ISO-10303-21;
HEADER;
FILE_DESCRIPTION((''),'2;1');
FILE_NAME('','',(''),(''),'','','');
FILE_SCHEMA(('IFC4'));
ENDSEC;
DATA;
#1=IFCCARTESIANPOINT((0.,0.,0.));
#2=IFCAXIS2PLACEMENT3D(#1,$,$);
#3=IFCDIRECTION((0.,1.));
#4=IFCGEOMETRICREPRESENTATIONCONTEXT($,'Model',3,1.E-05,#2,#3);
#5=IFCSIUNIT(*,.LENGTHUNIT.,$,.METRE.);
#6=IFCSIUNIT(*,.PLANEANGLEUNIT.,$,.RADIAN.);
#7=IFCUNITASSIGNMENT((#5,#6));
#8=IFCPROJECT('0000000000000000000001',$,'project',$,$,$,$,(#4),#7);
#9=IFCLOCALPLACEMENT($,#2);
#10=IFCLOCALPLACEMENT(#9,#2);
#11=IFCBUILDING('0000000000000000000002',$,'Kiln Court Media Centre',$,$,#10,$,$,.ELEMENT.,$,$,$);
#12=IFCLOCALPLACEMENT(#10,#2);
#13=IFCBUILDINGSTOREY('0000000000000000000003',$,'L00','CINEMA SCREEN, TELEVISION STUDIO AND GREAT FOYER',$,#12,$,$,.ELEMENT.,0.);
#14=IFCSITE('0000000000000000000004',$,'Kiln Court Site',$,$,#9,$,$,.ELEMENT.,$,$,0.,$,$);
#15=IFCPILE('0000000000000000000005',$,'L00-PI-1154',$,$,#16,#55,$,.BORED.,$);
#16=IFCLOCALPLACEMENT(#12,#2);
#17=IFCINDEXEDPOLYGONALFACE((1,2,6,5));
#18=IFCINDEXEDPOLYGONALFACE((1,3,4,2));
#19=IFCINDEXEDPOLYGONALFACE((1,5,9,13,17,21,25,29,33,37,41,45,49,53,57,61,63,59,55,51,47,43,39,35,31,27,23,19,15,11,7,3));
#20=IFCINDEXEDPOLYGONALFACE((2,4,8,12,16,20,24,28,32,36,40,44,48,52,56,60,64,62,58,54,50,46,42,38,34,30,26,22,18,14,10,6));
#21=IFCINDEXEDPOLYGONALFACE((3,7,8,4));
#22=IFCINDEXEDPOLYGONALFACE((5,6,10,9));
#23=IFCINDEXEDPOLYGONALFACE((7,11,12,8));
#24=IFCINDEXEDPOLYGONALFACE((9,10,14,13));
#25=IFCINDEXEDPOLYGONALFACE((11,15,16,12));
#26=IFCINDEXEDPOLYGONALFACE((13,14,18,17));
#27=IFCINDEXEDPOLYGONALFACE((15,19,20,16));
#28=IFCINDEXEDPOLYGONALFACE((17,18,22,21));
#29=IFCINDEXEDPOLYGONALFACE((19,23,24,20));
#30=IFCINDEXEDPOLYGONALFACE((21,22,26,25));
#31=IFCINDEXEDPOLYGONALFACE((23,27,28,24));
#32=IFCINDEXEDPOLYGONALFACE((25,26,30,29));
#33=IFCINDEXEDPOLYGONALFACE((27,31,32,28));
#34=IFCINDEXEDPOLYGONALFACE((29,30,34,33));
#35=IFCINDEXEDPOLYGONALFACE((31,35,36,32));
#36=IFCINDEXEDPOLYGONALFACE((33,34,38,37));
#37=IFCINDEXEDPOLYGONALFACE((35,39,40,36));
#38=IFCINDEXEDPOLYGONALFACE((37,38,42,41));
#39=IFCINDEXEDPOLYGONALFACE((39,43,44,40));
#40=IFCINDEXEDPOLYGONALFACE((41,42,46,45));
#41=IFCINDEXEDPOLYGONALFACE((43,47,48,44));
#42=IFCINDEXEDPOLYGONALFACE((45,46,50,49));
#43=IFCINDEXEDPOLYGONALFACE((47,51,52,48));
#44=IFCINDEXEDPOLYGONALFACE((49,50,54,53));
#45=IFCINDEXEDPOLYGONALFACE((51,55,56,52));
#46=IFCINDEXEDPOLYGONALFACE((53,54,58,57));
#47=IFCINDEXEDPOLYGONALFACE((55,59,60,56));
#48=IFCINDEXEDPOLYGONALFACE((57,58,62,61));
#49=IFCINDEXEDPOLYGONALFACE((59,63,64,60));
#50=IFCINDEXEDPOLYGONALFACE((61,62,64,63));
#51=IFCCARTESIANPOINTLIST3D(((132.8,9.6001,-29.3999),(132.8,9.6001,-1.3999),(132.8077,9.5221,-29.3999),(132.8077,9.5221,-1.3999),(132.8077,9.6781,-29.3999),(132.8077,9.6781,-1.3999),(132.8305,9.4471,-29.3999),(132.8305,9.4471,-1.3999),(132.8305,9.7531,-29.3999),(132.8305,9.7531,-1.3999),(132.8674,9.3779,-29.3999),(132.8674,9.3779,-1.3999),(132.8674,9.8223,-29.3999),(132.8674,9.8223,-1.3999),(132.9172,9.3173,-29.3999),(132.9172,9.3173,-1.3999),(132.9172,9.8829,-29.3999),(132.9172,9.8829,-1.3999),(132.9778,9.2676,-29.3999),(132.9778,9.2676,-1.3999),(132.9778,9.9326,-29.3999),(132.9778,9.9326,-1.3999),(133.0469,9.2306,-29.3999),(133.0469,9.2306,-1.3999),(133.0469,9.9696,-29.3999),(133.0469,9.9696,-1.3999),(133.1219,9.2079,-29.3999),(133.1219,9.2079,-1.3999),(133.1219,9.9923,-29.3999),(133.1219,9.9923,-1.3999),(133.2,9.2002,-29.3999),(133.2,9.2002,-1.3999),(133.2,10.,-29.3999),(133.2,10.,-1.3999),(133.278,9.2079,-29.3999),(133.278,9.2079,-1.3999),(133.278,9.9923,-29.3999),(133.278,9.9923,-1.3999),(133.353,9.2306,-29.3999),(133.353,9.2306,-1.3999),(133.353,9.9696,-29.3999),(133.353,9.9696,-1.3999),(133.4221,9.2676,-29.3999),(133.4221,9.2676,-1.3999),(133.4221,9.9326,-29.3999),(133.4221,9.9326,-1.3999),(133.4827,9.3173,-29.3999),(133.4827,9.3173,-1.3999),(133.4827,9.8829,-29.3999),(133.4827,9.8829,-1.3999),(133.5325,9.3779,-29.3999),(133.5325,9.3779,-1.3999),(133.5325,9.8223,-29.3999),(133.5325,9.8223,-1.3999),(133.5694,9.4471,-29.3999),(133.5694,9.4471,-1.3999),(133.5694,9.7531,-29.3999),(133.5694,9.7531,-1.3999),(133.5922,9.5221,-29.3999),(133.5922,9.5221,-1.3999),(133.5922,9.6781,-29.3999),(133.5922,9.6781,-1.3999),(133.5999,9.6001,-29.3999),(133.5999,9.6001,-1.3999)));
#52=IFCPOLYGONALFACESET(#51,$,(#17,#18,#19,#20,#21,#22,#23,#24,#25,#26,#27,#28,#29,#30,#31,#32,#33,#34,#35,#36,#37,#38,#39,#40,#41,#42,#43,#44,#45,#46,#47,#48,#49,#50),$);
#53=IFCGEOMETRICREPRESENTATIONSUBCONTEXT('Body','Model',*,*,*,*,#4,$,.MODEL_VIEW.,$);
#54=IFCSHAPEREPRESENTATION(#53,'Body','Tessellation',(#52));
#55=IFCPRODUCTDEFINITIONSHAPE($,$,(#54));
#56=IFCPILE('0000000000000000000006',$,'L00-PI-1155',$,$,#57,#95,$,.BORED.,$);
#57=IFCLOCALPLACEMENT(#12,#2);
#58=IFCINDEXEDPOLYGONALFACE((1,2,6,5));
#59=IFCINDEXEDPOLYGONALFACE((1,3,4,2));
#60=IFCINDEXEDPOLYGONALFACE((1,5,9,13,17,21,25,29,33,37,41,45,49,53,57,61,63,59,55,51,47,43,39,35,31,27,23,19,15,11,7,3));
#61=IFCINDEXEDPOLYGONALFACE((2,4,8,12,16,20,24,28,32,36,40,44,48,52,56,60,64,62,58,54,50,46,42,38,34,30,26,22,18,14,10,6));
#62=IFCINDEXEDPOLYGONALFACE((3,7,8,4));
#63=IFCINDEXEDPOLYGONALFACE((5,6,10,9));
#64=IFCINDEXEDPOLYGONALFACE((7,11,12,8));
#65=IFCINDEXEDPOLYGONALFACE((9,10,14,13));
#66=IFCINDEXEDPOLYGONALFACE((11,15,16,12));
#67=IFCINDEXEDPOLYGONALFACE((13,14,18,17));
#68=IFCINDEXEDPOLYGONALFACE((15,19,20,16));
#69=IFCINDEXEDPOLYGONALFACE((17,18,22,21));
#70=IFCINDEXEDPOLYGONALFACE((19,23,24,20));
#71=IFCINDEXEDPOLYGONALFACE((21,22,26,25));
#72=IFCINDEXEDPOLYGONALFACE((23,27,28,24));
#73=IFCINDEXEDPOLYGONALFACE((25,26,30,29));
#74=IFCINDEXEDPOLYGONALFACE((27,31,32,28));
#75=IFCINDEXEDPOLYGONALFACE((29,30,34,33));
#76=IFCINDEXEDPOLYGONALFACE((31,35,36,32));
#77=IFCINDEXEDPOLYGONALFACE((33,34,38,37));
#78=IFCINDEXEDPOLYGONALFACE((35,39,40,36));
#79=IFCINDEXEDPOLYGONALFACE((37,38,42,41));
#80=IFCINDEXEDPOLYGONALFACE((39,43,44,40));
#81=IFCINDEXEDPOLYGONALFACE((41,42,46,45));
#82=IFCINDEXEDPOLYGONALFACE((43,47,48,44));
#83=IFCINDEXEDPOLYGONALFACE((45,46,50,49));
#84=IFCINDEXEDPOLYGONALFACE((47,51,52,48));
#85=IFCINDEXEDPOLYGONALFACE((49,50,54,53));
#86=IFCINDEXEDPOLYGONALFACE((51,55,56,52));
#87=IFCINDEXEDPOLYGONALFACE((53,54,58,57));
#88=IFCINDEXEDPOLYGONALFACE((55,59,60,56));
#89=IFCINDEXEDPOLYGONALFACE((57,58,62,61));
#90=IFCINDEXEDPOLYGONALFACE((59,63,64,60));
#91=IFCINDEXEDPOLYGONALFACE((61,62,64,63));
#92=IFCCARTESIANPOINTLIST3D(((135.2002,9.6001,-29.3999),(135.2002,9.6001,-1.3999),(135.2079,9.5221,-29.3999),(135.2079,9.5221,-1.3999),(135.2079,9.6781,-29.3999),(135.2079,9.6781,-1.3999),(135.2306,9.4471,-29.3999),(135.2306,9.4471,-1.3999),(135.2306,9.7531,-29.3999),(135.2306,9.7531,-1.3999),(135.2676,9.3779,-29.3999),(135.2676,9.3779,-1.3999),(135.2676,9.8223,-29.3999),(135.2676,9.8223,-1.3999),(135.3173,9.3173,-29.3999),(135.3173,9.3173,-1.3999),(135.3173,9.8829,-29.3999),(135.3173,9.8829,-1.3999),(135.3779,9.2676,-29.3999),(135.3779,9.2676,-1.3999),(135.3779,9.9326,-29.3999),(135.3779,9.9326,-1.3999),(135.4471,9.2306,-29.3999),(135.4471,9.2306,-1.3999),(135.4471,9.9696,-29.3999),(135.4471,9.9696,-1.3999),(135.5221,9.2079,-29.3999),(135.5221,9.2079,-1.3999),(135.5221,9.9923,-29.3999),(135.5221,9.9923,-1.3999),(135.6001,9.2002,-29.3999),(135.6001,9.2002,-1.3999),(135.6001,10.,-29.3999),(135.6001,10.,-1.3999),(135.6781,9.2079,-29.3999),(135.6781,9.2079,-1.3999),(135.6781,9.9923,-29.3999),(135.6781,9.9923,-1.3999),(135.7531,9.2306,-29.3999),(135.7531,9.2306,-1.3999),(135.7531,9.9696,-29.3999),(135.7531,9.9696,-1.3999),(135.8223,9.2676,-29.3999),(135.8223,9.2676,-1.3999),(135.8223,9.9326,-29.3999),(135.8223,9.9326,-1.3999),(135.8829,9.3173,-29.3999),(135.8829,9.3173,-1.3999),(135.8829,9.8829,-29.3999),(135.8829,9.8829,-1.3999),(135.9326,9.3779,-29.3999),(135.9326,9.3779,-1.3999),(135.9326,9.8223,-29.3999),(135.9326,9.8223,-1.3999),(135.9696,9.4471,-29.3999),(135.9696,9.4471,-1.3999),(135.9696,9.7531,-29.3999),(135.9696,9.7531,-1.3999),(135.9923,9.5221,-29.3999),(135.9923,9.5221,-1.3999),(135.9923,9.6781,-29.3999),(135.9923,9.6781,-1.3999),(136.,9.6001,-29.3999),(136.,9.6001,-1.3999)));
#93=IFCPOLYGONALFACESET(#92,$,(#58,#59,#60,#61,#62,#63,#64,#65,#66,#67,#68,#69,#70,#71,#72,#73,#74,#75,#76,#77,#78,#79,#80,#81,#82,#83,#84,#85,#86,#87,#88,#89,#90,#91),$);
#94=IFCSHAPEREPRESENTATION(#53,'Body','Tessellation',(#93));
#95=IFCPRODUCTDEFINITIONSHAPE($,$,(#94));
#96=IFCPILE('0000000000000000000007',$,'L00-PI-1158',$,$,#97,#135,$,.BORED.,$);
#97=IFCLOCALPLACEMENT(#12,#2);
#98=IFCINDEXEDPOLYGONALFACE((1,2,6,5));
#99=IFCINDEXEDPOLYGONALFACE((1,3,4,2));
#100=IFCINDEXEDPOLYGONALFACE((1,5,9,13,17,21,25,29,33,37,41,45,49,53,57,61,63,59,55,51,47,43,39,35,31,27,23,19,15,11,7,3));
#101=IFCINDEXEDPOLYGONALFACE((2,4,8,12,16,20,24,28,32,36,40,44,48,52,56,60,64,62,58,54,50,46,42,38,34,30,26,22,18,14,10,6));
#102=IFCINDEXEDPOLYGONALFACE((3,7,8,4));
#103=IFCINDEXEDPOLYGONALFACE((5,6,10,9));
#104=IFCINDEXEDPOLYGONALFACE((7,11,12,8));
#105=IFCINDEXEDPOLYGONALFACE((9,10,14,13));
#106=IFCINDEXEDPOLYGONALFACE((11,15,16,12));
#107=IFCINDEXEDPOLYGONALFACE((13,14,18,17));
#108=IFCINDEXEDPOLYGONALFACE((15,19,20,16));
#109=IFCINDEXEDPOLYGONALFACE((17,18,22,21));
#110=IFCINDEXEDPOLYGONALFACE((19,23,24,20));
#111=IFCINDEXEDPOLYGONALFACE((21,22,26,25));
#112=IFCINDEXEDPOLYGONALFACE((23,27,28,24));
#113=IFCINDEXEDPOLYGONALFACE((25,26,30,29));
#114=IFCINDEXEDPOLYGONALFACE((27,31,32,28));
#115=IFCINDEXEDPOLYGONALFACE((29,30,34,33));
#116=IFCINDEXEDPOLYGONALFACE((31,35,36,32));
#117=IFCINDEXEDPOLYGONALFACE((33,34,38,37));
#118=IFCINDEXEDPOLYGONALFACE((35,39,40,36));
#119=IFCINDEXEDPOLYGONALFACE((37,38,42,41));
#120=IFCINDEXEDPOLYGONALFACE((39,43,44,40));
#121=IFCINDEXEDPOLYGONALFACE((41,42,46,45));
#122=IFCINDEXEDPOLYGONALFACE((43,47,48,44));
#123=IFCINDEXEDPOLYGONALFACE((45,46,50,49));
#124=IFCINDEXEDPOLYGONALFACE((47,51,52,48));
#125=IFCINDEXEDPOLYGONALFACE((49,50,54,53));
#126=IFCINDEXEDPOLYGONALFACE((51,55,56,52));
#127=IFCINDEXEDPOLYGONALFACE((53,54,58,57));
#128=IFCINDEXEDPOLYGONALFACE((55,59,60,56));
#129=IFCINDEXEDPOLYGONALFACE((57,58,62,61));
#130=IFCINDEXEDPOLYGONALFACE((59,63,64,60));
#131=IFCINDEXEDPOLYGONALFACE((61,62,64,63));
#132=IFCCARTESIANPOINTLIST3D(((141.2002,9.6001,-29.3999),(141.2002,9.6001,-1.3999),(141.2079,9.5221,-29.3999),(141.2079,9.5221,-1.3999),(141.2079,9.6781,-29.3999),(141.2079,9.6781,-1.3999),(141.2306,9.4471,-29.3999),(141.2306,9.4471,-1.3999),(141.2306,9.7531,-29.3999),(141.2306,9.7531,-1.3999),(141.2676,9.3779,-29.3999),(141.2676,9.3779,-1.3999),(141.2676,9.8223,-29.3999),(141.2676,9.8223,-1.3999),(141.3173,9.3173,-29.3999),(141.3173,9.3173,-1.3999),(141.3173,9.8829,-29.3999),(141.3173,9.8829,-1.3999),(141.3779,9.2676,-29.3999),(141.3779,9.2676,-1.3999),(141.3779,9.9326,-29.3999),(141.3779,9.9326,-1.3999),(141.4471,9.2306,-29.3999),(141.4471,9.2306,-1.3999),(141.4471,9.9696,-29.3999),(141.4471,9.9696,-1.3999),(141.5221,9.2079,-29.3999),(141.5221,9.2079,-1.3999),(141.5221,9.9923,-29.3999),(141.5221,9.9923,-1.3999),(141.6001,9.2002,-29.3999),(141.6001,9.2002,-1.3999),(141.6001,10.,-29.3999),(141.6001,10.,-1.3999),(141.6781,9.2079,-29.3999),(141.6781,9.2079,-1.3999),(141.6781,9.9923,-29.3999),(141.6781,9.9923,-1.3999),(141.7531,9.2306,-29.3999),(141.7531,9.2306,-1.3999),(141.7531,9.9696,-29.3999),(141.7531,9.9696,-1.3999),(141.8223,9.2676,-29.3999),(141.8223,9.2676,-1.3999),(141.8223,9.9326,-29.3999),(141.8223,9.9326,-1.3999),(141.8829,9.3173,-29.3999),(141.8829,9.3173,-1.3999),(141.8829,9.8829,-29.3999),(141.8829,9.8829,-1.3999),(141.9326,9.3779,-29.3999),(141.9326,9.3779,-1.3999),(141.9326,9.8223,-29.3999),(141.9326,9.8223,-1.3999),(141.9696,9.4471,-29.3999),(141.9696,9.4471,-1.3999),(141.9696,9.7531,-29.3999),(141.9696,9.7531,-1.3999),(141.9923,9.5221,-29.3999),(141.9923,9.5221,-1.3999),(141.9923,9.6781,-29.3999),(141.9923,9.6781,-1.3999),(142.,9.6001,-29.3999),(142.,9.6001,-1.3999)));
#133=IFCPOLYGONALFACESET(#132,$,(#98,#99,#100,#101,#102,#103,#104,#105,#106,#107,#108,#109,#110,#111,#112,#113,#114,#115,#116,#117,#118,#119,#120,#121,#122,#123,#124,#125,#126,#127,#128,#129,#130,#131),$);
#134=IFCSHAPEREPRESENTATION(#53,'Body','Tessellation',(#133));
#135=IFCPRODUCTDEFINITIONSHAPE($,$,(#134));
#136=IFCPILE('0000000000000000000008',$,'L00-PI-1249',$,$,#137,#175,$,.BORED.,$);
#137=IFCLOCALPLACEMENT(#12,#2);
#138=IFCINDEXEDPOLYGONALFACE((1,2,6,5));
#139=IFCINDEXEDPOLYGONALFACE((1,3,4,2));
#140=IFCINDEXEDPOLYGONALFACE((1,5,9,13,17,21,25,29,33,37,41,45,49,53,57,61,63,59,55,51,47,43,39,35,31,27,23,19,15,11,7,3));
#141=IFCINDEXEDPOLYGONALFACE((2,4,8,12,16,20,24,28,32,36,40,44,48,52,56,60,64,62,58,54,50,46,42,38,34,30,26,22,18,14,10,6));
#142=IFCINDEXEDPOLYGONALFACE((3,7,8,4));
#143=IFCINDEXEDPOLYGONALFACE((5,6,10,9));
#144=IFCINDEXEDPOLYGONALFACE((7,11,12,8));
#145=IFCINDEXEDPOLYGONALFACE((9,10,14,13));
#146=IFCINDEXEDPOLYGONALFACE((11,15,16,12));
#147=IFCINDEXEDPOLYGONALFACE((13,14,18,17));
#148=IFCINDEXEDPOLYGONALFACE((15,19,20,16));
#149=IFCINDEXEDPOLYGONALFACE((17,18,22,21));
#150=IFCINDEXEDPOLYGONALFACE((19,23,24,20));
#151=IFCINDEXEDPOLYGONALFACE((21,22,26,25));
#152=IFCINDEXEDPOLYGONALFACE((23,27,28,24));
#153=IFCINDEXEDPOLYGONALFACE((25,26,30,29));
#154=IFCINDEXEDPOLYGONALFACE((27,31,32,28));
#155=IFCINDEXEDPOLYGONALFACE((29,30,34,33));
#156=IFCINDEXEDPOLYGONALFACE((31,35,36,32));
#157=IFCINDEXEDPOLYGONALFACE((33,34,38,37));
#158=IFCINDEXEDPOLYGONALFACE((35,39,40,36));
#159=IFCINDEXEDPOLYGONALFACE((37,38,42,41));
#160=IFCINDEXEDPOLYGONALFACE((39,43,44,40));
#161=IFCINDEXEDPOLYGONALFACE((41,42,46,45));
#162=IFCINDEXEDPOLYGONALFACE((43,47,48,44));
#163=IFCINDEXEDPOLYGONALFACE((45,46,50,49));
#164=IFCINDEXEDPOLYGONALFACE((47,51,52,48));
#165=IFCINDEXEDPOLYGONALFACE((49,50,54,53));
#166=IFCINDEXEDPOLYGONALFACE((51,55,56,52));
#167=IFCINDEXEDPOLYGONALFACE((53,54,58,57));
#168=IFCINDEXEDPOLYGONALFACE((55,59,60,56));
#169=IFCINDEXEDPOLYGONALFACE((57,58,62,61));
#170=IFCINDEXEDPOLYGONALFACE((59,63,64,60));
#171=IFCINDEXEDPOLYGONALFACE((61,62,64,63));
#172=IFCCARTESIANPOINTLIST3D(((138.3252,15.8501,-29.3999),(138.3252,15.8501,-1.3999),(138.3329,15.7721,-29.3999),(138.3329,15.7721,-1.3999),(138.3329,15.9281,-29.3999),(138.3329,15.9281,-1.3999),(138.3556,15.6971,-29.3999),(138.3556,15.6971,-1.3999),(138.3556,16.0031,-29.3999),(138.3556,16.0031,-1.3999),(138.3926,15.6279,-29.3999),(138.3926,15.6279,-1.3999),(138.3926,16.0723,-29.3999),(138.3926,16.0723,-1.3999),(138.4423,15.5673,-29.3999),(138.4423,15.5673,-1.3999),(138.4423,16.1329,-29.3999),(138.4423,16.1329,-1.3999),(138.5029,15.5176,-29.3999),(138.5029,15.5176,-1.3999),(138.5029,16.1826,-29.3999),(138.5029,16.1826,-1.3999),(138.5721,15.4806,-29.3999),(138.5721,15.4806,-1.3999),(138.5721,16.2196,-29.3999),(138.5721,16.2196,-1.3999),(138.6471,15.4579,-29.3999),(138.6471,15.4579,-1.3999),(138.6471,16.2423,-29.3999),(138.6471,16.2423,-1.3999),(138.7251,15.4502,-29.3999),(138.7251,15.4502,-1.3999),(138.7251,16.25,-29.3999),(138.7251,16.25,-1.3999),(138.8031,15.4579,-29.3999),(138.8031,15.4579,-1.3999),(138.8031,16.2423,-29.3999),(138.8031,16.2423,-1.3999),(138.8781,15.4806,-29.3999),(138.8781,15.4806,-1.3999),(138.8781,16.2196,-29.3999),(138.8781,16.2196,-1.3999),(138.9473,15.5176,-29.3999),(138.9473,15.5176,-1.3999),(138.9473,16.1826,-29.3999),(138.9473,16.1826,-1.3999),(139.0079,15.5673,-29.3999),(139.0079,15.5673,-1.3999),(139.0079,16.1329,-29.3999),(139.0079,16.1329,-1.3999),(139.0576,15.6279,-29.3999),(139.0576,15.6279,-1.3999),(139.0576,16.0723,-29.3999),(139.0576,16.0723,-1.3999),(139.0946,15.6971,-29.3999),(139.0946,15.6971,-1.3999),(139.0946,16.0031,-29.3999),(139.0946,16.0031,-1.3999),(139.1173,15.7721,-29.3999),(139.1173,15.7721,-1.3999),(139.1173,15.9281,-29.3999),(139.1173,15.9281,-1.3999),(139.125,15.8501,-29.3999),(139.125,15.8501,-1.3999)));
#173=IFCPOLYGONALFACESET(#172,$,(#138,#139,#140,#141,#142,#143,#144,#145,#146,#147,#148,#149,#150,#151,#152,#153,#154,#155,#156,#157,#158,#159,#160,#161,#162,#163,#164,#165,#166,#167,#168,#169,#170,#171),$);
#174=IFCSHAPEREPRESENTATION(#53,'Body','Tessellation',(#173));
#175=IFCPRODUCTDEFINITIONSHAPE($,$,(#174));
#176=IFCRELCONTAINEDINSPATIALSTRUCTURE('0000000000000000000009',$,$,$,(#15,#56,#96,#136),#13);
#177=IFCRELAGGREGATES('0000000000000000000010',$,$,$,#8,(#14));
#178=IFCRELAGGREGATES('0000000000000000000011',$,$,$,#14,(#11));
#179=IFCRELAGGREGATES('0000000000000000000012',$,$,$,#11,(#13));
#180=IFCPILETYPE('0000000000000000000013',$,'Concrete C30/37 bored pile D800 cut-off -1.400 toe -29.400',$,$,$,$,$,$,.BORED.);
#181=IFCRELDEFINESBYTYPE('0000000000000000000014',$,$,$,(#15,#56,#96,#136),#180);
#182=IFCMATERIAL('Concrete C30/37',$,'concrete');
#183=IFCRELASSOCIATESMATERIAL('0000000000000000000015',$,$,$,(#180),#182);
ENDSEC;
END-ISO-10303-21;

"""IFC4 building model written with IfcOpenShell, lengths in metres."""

from ifc_helpers import new_model, si_unit, direction, frame, origin, origin_2d, place, context, subcontext, project, spatial, circle, extrude, material, material_profile, profile_set, type_object, element, save


model = new_model("IFC4")

# Units and contexts
model_context = context("Model", 3, precision=1e-05, world=origin(), true_north=direction((0.0, 1.0)))
body_context = subcontext(model_context, "Body", "Model", "MODEL_VIEW")
ifc_project = project(units=[si_unit("LENGTHUNIT", "METRE"), si_unit("PLANEANGLEUNIT", "RADIAN")], contexts=[model_context])

# Site, building, storey
site_placement = place(None, origin())
site = spatial("IfcSite", under=ifc_project, at=site_placement, Name="Kiln Court Site", CompositionType="ELEMENT", RefElevation=0.0)
building_placement = place(site_placement, origin())
building = spatial("IfcBuilding", under=site, at=building_placement, Name="Kiln Court Media Centre", CompositionType="ELEMENT")
storey_placement = place(building_placement, origin())
storey = spatial("IfcBuildingStorey", under=building, at=storey_placement, Name="L00", Description="CINEMA SCREEN, TELEVISION STUDIO AND GREAT FOYER", CompositionType="ELEMENT", Elevation=0.0)

# Piles
ifc_material_1 = material(Name="Concrete C30/37", Category="concrete")
ifc_material_profile_1 = material_profile(ifc_material_1, circle(Radius=0.3999, at=origin_2d()), Name="PILE D800")
ifc_profile_set_1 = profile_set([ifc_material_profile_1], Name="Concrete C30/37")
pile_type_1 = type_object("IfcPileType", Name="Concrete C30/37 bored pile D800 cut-off -1.400 toe -29.400", PredefinedType="BORED", material=ifc_profile_set_1)
for number, where, z_axis, x_axis, name in (
    (1, (133.2, 9.6001, -1.3999), (0.0, 0.0, -1.0), (1.0, 0.0, 0.0), "L00-PI-1154"),
    (2, (135.6001, 9.6001, -1.3999), (0.0, 0.0, -1.0), (1.0, 0.0, 0.0), "L00-PI-1155"),
    (3, (141.6001, 9.6001, -1.3999), (0.0, 0.0, -1.0), (1.0, 0.0, 0.0), "L00-PI-1158"),
    (4, (138.7251, 15.8501, -1.3999), (0.0, 0.0, -1.0), (1.0, 0.0, 0.0), "L00-PI-1249"),
):
    element("IfcPile", number, at=place(storey_placement, frame(where, z_axis=z_axis, x_axis=x_axis)), inside=storey, type_object=pile_type_1, Name=name, PredefinedType="BORED", context=body_context, shape_type="SweptSolid", body=[
        extrude(circle(Radius=0.3999, at=origin_2d()), origin(), (0.0, 0.0, 1.0), 28.0),
    ])

save(model, "model.ifc")
